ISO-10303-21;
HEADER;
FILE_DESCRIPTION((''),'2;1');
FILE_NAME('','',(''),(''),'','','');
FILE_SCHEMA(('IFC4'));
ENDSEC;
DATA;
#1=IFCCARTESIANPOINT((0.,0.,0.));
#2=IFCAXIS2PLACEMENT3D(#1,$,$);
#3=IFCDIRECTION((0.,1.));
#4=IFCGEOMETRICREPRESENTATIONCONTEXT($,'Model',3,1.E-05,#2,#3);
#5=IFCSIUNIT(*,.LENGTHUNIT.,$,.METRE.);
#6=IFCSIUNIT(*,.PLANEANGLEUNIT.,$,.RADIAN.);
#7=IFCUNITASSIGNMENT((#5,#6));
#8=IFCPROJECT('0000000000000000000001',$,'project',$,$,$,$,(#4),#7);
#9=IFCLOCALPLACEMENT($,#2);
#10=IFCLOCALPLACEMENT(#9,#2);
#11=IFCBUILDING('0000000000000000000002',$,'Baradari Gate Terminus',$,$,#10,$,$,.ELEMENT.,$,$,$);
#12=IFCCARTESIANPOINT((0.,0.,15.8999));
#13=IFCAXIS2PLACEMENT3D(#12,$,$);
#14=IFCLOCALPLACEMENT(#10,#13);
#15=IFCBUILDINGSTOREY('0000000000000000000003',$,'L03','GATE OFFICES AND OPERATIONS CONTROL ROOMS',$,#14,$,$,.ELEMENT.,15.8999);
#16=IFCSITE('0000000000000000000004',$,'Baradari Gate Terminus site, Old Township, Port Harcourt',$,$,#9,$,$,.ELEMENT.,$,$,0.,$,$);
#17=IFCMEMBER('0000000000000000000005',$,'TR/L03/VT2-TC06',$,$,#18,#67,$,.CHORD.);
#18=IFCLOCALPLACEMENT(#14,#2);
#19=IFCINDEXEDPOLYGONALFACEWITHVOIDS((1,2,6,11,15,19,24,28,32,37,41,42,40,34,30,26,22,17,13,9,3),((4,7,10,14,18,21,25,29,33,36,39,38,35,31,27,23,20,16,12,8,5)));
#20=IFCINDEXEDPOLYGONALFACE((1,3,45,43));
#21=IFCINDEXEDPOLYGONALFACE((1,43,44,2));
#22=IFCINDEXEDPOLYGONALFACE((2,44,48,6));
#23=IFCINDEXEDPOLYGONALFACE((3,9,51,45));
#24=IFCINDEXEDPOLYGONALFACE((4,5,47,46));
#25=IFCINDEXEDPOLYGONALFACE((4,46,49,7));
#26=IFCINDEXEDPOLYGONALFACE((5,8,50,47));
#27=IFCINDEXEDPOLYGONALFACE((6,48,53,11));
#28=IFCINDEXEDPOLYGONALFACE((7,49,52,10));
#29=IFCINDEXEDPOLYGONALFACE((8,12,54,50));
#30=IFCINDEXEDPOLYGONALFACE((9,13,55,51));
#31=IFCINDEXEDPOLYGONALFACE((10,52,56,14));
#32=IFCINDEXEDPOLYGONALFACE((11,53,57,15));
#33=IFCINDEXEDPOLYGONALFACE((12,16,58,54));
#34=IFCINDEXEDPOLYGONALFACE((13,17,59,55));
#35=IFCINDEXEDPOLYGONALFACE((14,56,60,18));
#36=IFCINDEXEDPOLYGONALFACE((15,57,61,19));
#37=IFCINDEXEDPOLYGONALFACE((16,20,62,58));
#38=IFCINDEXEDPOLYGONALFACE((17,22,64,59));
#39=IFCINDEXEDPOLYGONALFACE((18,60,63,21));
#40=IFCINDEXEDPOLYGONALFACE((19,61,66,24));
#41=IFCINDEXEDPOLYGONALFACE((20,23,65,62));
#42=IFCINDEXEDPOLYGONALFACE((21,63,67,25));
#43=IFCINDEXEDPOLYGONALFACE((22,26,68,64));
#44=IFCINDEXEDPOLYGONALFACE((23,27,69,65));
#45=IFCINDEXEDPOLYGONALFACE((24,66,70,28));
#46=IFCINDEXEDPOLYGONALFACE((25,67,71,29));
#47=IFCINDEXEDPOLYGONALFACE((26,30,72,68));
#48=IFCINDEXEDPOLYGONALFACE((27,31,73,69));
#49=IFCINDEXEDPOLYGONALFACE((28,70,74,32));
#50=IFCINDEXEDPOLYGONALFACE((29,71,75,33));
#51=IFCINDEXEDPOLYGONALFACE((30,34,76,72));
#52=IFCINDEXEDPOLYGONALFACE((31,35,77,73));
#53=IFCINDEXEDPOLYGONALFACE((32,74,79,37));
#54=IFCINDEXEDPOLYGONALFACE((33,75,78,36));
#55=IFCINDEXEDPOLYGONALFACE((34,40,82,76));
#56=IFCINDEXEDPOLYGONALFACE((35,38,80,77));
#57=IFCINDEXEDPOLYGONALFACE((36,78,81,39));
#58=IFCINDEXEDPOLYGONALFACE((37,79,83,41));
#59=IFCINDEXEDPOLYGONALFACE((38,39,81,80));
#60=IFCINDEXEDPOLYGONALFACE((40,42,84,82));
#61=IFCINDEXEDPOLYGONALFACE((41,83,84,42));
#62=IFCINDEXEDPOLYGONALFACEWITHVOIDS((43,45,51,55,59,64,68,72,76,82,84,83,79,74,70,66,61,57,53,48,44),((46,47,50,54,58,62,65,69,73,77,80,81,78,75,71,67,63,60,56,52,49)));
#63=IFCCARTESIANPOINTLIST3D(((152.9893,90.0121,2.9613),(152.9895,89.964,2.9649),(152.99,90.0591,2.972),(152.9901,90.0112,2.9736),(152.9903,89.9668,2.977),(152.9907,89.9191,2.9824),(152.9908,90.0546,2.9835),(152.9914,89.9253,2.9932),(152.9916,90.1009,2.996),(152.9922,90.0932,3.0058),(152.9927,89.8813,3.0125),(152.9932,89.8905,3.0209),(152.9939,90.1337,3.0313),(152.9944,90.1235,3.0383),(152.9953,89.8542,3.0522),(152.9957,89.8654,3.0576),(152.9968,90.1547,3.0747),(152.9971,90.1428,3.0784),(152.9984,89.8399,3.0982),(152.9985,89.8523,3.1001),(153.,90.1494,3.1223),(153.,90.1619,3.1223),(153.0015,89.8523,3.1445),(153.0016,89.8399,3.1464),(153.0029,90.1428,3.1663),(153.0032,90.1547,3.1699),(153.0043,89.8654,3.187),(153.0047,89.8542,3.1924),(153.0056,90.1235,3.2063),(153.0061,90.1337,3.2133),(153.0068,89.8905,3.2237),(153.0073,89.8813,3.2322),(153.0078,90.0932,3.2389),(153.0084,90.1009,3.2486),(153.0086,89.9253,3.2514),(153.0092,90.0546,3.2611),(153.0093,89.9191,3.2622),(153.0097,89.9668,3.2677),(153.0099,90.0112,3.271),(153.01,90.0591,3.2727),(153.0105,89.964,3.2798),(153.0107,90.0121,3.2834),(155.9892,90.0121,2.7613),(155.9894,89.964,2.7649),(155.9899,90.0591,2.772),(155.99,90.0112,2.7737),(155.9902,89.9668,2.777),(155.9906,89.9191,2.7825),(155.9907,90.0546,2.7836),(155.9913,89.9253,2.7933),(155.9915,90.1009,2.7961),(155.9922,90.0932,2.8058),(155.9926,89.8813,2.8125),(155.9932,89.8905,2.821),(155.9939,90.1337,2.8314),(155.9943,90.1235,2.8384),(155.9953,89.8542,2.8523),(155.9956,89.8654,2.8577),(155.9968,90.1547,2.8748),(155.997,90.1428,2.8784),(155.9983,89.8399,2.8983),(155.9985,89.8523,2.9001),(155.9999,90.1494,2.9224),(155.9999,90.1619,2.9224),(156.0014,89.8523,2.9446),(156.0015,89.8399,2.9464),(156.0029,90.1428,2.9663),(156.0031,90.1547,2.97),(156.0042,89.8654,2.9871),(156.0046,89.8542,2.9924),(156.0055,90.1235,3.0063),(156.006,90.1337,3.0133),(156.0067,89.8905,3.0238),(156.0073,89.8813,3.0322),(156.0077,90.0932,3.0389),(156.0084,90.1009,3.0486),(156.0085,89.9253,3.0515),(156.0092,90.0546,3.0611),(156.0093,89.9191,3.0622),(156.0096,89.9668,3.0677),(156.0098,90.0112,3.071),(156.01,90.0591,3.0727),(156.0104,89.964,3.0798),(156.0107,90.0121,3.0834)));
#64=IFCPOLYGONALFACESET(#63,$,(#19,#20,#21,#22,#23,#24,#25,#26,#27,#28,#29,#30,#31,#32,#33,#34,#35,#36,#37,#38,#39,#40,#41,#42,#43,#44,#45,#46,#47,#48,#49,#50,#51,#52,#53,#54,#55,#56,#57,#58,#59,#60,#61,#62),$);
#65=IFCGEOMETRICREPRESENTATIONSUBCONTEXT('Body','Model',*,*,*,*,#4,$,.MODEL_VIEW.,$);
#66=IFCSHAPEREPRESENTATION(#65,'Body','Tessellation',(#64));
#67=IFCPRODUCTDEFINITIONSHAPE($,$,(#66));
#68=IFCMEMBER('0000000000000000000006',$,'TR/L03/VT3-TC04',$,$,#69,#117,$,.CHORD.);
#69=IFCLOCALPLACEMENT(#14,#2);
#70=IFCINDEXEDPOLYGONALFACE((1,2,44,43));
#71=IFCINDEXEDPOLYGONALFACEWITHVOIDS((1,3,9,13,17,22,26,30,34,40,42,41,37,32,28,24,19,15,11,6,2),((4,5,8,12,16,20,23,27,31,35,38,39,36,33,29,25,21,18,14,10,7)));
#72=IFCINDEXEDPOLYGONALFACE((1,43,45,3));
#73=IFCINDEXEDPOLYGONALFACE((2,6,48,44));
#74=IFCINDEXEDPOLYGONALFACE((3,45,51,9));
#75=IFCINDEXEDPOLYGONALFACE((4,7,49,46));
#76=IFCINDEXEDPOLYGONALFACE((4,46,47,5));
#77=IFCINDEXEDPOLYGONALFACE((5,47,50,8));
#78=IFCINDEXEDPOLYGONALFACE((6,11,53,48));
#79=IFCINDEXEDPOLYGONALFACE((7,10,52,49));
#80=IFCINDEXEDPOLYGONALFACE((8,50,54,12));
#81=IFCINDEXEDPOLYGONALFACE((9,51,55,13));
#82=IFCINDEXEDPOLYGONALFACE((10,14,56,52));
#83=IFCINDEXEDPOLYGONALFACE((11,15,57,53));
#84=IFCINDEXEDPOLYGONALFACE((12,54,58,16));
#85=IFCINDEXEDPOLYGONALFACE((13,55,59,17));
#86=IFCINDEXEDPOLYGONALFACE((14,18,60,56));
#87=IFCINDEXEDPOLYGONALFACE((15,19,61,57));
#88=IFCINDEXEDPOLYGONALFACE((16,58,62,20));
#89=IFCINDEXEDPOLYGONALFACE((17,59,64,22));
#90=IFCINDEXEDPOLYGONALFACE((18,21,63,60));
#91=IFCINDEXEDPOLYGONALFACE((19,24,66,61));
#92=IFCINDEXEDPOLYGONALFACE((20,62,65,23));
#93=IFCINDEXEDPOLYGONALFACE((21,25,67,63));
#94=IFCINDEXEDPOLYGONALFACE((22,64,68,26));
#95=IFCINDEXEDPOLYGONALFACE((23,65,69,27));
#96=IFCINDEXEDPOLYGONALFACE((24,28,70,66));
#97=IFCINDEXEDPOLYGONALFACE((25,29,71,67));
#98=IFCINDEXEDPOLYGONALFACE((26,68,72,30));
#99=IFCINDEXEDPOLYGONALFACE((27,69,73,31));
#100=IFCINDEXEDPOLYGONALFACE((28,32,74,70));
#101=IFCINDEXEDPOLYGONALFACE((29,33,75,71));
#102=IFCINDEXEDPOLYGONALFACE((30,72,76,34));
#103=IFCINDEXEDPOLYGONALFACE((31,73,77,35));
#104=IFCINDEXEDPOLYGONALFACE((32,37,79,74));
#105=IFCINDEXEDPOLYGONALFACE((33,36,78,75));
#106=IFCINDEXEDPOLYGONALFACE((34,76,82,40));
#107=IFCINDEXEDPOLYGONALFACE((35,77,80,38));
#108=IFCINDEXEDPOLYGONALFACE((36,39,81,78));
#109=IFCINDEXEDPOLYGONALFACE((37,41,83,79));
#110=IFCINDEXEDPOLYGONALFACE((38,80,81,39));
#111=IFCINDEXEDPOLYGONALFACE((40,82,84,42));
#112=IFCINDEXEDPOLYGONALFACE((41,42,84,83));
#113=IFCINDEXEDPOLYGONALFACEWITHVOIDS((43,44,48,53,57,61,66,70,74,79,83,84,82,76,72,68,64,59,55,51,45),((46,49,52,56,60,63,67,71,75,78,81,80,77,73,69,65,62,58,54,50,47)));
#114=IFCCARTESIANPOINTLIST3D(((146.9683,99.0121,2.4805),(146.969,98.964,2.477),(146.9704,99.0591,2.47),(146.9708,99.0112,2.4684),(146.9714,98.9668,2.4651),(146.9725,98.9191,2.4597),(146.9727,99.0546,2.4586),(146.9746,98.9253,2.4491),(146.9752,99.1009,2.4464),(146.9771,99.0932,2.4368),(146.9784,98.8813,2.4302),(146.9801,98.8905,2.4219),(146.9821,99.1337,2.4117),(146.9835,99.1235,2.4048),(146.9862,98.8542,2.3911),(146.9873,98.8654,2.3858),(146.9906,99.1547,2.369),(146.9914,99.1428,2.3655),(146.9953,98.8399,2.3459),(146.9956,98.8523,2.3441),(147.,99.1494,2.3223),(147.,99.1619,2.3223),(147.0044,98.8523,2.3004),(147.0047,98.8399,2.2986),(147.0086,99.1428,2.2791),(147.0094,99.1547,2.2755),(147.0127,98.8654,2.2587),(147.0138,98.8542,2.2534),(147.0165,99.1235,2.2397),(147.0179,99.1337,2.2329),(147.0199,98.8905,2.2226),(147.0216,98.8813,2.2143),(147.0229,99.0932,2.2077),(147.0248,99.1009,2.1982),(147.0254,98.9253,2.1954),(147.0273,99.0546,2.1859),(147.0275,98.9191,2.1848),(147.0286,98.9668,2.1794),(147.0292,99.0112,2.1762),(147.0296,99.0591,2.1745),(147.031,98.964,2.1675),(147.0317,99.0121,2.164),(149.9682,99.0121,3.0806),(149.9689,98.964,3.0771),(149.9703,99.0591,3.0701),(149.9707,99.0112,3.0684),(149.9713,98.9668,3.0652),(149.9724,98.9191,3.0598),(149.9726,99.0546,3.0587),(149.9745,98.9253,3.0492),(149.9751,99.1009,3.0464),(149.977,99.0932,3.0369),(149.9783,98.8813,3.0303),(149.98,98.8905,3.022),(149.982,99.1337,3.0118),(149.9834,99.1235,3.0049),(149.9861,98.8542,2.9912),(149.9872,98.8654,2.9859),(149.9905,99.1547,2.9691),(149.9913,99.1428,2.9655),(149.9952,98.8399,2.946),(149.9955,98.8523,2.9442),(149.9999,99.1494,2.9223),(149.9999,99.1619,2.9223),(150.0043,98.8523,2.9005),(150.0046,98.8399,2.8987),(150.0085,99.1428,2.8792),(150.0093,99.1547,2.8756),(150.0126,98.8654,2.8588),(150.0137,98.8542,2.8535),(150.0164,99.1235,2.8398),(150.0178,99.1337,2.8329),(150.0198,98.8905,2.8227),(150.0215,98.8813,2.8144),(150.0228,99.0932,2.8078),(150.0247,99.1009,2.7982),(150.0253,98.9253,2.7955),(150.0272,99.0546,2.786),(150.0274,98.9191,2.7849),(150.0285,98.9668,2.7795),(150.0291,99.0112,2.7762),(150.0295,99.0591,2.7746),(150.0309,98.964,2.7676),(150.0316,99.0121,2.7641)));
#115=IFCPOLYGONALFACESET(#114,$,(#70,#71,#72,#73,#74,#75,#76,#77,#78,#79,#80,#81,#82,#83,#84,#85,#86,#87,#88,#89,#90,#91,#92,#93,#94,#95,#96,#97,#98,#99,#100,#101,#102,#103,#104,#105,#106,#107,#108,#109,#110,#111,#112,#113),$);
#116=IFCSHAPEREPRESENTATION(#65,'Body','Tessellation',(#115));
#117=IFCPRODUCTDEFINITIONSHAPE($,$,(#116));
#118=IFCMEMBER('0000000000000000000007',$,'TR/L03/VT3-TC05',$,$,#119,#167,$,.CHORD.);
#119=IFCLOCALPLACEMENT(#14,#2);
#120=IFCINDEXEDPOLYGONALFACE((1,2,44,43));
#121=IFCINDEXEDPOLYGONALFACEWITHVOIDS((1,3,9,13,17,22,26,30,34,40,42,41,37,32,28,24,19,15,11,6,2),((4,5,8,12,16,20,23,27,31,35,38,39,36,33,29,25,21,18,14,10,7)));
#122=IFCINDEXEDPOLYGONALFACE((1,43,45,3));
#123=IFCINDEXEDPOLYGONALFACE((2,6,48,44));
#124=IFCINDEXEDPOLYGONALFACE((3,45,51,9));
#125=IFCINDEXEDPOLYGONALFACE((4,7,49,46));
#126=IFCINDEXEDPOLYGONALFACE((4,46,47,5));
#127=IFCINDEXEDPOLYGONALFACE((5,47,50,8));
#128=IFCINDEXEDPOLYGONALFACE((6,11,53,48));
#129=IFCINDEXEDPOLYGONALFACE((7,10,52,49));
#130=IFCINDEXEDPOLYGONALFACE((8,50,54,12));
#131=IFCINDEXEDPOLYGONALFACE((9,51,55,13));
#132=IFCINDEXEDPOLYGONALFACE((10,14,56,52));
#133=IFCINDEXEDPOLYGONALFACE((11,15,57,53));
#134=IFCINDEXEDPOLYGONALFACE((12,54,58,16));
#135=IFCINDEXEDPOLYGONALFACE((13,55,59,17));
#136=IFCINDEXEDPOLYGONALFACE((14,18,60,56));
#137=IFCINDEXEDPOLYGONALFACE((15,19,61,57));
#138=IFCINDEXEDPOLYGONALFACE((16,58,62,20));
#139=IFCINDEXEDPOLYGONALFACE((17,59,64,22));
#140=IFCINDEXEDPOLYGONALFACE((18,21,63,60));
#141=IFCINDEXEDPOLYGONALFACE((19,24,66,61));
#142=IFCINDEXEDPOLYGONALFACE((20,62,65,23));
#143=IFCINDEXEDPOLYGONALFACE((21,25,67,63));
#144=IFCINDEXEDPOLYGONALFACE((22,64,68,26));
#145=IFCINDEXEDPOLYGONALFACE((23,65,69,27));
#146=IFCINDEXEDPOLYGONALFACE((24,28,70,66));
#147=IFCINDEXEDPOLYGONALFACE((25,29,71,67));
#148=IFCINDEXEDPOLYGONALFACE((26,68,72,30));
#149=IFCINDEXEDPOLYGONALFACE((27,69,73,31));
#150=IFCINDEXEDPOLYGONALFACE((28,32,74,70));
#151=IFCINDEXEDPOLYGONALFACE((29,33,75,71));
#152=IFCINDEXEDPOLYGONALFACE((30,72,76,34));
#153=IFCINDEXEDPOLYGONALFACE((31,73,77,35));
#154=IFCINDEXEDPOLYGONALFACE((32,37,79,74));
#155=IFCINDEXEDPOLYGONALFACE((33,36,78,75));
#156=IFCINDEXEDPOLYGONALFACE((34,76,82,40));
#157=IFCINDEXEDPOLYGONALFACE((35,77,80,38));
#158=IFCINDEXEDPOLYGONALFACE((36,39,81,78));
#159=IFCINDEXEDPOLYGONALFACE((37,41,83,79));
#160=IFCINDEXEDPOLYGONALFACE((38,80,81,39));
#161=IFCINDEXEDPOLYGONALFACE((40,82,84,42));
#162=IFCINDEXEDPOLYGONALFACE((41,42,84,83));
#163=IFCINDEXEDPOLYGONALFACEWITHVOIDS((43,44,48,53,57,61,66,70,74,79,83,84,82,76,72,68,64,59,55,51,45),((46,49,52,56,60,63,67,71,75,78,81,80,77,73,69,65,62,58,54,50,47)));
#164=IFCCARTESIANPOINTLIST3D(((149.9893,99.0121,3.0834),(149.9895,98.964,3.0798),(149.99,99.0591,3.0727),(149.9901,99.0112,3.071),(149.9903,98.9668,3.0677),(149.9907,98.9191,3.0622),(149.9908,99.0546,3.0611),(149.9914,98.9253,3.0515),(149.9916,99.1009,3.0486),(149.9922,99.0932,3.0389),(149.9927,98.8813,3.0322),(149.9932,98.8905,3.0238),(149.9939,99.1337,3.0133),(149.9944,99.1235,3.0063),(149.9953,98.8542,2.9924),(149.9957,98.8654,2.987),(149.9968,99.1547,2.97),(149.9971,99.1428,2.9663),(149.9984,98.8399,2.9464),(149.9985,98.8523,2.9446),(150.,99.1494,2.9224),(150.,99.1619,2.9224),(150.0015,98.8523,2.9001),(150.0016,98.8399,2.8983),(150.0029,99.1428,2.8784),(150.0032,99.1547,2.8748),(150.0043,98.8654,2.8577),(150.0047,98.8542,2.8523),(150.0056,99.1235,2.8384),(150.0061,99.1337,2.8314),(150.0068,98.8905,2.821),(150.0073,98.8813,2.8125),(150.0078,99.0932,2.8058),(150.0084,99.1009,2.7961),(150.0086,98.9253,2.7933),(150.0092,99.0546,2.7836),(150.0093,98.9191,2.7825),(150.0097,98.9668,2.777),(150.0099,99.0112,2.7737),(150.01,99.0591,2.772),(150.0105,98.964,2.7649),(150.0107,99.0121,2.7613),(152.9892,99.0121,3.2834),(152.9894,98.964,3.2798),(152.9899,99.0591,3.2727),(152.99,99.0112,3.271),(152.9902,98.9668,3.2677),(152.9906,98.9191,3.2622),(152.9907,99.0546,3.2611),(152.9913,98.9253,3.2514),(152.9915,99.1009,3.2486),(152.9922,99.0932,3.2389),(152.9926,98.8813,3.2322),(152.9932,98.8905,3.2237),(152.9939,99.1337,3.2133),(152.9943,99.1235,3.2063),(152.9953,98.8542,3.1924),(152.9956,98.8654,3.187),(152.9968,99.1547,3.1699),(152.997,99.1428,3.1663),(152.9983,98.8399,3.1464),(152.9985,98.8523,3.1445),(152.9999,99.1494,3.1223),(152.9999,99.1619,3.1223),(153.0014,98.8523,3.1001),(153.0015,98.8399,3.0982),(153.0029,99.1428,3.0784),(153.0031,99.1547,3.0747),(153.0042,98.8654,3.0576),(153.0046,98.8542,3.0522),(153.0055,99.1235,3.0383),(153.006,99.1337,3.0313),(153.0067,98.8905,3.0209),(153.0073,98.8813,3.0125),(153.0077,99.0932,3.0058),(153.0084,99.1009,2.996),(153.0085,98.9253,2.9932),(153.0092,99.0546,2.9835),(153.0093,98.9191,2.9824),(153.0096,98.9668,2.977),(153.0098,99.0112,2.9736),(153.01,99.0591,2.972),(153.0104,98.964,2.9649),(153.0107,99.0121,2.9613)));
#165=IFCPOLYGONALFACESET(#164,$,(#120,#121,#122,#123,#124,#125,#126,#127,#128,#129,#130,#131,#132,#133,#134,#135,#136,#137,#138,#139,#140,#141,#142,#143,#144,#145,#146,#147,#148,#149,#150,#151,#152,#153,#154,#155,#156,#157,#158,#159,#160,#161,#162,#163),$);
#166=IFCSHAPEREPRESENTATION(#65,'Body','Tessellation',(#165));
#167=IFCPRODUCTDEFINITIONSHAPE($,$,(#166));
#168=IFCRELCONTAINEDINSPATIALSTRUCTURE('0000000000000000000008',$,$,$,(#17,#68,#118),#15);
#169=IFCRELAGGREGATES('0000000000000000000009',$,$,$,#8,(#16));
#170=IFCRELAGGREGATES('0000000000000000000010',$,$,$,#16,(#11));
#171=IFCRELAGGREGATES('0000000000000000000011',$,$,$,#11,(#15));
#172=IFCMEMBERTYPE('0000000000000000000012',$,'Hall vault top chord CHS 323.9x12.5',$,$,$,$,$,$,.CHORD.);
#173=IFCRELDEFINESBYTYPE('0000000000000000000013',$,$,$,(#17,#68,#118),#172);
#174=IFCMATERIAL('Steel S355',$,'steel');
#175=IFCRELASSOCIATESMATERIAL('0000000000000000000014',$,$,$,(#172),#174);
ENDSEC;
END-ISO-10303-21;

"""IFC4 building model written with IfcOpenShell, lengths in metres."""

from ifc_helpers import new_model, si_unit, direction, frame, origin, origin_2d, place, context, subcontext, project, spatial, hollow_circle, extrude, material, material_profile, profile_set, type_object, element, save


model = new_model("IFC4")

# Units and contexts
model_context = context("Model", 3, precision=1e-05, world=origin(), true_north=direction((0.0, 1.0)))
body_context = subcontext(model_context, "Body", "Model", "MODEL_VIEW")
ifc_project = project(units=[si_unit("LENGTHUNIT", "METRE"), si_unit("PLANEANGLEUNIT", "RADIAN")], contexts=[model_context])

# Site, building, storey
site_placement = place(None, origin())
site = spatial("IfcSite", under=ifc_project, at=site_placement, Name="Baradari Gate Terminus site, Old Township, Port Harcourt", CompositionType="ELEMENT", RefElevation=0.0)
building_placement = place(site_placement, origin())
building = spatial("IfcBuilding", under=site, at=building_placement, Name="Baradari Gate Terminus", CompositionType="ELEMENT")
storey_placement = place(building_placement, frame((0.0, 0.0, 15.8999)))
storey = spatial("IfcBuildingStorey", under=building, at=storey_placement, Name="L03", Description="GATE OFFICES AND OPERATIONS CONTROL ROOMS", CompositionType="ELEMENT", Elevation=15.8999)

# Members
ifc_material_1 = material(Name="Steel S355", Category="steel")
ifc_material_profile_1 = material_profile(ifc_material_1, hollow_circle(Radius=0.1619, WallThickness=0.0125, at=origin_2d()), Name="CHS 323.9x12.5")
ifc_profile_set_1 = profile_set([ifc_material_profile_1], Name="Steel S355")
member_type_1 = type_object("IfcMemberType", Name="Hall vault top chord CHS 323.9x12.5", PredefinedType="CHORD", material=ifc_profile_set_1)
member_1_placement = place(storey_placement, frame((153.0, 90.0, 3.1223), z_axis=(0.997786, 0.0, -0.066503), x_axis=(0.0, 1.0, 0.0)))
element("IfcMember", 1, at=member_1_placement, inside=storey, type_object=member_type_1, Name="TR/L03/VT2-TC06", PredefinedType="CHORD", context=body_context, shape_type="SweptSolid", body=[
    extrude(hollow_circle(Radius=0.1619, WallThickness=0.0125, at=origin_2d()), origin(), (0.0, 0.0, 1.0), 3.0066),
])
member_2_placement = place(storey_placement, frame((147.0, 99.0, 2.3223), z_axis=(0.980575, 0.0, 0.196147), x_axis=(0.0, 1.0, 0.0)))
element("IfcMember", 2, at=member_2_placement, inside=storey, type_object=member_type_1, Name="TR/L03/VT3-TC04", PredefinedType="CHORD", context=body_context, shape_type="SweptSolid", body=[
    extrude(hollow_circle(Radius=0.1619, WallThickness=0.0125, at=origin_2d()), origin(), (0.0, 0.0, 1.0), 3.0593),
])
for number, where, z_axis, x_axis, name in (
    (3, (150.0, 99.0, 2.9224), (0.997786, 0.0, 0.066503), (0.0, 1.0, 0.0), "TR/L03/VT3-TC05"),
):
    element("IfcMember", number, at=place(storey_placement, frame(where, z_axis=z_axis, x_axis=x_axis)), inside=storey, type_object=member_type_1, Name=name, PredefinedType="CHORD", context=body_context, shape_type="SweptSolid", body=[
        extrude(hollow_circle(Radius=0.1619, WallThickness=0.0125, at=origin_2d()), origin(), (0.0, 0.0, 1.0), 3.0066),
    ])

save(model, "model.ifc")
